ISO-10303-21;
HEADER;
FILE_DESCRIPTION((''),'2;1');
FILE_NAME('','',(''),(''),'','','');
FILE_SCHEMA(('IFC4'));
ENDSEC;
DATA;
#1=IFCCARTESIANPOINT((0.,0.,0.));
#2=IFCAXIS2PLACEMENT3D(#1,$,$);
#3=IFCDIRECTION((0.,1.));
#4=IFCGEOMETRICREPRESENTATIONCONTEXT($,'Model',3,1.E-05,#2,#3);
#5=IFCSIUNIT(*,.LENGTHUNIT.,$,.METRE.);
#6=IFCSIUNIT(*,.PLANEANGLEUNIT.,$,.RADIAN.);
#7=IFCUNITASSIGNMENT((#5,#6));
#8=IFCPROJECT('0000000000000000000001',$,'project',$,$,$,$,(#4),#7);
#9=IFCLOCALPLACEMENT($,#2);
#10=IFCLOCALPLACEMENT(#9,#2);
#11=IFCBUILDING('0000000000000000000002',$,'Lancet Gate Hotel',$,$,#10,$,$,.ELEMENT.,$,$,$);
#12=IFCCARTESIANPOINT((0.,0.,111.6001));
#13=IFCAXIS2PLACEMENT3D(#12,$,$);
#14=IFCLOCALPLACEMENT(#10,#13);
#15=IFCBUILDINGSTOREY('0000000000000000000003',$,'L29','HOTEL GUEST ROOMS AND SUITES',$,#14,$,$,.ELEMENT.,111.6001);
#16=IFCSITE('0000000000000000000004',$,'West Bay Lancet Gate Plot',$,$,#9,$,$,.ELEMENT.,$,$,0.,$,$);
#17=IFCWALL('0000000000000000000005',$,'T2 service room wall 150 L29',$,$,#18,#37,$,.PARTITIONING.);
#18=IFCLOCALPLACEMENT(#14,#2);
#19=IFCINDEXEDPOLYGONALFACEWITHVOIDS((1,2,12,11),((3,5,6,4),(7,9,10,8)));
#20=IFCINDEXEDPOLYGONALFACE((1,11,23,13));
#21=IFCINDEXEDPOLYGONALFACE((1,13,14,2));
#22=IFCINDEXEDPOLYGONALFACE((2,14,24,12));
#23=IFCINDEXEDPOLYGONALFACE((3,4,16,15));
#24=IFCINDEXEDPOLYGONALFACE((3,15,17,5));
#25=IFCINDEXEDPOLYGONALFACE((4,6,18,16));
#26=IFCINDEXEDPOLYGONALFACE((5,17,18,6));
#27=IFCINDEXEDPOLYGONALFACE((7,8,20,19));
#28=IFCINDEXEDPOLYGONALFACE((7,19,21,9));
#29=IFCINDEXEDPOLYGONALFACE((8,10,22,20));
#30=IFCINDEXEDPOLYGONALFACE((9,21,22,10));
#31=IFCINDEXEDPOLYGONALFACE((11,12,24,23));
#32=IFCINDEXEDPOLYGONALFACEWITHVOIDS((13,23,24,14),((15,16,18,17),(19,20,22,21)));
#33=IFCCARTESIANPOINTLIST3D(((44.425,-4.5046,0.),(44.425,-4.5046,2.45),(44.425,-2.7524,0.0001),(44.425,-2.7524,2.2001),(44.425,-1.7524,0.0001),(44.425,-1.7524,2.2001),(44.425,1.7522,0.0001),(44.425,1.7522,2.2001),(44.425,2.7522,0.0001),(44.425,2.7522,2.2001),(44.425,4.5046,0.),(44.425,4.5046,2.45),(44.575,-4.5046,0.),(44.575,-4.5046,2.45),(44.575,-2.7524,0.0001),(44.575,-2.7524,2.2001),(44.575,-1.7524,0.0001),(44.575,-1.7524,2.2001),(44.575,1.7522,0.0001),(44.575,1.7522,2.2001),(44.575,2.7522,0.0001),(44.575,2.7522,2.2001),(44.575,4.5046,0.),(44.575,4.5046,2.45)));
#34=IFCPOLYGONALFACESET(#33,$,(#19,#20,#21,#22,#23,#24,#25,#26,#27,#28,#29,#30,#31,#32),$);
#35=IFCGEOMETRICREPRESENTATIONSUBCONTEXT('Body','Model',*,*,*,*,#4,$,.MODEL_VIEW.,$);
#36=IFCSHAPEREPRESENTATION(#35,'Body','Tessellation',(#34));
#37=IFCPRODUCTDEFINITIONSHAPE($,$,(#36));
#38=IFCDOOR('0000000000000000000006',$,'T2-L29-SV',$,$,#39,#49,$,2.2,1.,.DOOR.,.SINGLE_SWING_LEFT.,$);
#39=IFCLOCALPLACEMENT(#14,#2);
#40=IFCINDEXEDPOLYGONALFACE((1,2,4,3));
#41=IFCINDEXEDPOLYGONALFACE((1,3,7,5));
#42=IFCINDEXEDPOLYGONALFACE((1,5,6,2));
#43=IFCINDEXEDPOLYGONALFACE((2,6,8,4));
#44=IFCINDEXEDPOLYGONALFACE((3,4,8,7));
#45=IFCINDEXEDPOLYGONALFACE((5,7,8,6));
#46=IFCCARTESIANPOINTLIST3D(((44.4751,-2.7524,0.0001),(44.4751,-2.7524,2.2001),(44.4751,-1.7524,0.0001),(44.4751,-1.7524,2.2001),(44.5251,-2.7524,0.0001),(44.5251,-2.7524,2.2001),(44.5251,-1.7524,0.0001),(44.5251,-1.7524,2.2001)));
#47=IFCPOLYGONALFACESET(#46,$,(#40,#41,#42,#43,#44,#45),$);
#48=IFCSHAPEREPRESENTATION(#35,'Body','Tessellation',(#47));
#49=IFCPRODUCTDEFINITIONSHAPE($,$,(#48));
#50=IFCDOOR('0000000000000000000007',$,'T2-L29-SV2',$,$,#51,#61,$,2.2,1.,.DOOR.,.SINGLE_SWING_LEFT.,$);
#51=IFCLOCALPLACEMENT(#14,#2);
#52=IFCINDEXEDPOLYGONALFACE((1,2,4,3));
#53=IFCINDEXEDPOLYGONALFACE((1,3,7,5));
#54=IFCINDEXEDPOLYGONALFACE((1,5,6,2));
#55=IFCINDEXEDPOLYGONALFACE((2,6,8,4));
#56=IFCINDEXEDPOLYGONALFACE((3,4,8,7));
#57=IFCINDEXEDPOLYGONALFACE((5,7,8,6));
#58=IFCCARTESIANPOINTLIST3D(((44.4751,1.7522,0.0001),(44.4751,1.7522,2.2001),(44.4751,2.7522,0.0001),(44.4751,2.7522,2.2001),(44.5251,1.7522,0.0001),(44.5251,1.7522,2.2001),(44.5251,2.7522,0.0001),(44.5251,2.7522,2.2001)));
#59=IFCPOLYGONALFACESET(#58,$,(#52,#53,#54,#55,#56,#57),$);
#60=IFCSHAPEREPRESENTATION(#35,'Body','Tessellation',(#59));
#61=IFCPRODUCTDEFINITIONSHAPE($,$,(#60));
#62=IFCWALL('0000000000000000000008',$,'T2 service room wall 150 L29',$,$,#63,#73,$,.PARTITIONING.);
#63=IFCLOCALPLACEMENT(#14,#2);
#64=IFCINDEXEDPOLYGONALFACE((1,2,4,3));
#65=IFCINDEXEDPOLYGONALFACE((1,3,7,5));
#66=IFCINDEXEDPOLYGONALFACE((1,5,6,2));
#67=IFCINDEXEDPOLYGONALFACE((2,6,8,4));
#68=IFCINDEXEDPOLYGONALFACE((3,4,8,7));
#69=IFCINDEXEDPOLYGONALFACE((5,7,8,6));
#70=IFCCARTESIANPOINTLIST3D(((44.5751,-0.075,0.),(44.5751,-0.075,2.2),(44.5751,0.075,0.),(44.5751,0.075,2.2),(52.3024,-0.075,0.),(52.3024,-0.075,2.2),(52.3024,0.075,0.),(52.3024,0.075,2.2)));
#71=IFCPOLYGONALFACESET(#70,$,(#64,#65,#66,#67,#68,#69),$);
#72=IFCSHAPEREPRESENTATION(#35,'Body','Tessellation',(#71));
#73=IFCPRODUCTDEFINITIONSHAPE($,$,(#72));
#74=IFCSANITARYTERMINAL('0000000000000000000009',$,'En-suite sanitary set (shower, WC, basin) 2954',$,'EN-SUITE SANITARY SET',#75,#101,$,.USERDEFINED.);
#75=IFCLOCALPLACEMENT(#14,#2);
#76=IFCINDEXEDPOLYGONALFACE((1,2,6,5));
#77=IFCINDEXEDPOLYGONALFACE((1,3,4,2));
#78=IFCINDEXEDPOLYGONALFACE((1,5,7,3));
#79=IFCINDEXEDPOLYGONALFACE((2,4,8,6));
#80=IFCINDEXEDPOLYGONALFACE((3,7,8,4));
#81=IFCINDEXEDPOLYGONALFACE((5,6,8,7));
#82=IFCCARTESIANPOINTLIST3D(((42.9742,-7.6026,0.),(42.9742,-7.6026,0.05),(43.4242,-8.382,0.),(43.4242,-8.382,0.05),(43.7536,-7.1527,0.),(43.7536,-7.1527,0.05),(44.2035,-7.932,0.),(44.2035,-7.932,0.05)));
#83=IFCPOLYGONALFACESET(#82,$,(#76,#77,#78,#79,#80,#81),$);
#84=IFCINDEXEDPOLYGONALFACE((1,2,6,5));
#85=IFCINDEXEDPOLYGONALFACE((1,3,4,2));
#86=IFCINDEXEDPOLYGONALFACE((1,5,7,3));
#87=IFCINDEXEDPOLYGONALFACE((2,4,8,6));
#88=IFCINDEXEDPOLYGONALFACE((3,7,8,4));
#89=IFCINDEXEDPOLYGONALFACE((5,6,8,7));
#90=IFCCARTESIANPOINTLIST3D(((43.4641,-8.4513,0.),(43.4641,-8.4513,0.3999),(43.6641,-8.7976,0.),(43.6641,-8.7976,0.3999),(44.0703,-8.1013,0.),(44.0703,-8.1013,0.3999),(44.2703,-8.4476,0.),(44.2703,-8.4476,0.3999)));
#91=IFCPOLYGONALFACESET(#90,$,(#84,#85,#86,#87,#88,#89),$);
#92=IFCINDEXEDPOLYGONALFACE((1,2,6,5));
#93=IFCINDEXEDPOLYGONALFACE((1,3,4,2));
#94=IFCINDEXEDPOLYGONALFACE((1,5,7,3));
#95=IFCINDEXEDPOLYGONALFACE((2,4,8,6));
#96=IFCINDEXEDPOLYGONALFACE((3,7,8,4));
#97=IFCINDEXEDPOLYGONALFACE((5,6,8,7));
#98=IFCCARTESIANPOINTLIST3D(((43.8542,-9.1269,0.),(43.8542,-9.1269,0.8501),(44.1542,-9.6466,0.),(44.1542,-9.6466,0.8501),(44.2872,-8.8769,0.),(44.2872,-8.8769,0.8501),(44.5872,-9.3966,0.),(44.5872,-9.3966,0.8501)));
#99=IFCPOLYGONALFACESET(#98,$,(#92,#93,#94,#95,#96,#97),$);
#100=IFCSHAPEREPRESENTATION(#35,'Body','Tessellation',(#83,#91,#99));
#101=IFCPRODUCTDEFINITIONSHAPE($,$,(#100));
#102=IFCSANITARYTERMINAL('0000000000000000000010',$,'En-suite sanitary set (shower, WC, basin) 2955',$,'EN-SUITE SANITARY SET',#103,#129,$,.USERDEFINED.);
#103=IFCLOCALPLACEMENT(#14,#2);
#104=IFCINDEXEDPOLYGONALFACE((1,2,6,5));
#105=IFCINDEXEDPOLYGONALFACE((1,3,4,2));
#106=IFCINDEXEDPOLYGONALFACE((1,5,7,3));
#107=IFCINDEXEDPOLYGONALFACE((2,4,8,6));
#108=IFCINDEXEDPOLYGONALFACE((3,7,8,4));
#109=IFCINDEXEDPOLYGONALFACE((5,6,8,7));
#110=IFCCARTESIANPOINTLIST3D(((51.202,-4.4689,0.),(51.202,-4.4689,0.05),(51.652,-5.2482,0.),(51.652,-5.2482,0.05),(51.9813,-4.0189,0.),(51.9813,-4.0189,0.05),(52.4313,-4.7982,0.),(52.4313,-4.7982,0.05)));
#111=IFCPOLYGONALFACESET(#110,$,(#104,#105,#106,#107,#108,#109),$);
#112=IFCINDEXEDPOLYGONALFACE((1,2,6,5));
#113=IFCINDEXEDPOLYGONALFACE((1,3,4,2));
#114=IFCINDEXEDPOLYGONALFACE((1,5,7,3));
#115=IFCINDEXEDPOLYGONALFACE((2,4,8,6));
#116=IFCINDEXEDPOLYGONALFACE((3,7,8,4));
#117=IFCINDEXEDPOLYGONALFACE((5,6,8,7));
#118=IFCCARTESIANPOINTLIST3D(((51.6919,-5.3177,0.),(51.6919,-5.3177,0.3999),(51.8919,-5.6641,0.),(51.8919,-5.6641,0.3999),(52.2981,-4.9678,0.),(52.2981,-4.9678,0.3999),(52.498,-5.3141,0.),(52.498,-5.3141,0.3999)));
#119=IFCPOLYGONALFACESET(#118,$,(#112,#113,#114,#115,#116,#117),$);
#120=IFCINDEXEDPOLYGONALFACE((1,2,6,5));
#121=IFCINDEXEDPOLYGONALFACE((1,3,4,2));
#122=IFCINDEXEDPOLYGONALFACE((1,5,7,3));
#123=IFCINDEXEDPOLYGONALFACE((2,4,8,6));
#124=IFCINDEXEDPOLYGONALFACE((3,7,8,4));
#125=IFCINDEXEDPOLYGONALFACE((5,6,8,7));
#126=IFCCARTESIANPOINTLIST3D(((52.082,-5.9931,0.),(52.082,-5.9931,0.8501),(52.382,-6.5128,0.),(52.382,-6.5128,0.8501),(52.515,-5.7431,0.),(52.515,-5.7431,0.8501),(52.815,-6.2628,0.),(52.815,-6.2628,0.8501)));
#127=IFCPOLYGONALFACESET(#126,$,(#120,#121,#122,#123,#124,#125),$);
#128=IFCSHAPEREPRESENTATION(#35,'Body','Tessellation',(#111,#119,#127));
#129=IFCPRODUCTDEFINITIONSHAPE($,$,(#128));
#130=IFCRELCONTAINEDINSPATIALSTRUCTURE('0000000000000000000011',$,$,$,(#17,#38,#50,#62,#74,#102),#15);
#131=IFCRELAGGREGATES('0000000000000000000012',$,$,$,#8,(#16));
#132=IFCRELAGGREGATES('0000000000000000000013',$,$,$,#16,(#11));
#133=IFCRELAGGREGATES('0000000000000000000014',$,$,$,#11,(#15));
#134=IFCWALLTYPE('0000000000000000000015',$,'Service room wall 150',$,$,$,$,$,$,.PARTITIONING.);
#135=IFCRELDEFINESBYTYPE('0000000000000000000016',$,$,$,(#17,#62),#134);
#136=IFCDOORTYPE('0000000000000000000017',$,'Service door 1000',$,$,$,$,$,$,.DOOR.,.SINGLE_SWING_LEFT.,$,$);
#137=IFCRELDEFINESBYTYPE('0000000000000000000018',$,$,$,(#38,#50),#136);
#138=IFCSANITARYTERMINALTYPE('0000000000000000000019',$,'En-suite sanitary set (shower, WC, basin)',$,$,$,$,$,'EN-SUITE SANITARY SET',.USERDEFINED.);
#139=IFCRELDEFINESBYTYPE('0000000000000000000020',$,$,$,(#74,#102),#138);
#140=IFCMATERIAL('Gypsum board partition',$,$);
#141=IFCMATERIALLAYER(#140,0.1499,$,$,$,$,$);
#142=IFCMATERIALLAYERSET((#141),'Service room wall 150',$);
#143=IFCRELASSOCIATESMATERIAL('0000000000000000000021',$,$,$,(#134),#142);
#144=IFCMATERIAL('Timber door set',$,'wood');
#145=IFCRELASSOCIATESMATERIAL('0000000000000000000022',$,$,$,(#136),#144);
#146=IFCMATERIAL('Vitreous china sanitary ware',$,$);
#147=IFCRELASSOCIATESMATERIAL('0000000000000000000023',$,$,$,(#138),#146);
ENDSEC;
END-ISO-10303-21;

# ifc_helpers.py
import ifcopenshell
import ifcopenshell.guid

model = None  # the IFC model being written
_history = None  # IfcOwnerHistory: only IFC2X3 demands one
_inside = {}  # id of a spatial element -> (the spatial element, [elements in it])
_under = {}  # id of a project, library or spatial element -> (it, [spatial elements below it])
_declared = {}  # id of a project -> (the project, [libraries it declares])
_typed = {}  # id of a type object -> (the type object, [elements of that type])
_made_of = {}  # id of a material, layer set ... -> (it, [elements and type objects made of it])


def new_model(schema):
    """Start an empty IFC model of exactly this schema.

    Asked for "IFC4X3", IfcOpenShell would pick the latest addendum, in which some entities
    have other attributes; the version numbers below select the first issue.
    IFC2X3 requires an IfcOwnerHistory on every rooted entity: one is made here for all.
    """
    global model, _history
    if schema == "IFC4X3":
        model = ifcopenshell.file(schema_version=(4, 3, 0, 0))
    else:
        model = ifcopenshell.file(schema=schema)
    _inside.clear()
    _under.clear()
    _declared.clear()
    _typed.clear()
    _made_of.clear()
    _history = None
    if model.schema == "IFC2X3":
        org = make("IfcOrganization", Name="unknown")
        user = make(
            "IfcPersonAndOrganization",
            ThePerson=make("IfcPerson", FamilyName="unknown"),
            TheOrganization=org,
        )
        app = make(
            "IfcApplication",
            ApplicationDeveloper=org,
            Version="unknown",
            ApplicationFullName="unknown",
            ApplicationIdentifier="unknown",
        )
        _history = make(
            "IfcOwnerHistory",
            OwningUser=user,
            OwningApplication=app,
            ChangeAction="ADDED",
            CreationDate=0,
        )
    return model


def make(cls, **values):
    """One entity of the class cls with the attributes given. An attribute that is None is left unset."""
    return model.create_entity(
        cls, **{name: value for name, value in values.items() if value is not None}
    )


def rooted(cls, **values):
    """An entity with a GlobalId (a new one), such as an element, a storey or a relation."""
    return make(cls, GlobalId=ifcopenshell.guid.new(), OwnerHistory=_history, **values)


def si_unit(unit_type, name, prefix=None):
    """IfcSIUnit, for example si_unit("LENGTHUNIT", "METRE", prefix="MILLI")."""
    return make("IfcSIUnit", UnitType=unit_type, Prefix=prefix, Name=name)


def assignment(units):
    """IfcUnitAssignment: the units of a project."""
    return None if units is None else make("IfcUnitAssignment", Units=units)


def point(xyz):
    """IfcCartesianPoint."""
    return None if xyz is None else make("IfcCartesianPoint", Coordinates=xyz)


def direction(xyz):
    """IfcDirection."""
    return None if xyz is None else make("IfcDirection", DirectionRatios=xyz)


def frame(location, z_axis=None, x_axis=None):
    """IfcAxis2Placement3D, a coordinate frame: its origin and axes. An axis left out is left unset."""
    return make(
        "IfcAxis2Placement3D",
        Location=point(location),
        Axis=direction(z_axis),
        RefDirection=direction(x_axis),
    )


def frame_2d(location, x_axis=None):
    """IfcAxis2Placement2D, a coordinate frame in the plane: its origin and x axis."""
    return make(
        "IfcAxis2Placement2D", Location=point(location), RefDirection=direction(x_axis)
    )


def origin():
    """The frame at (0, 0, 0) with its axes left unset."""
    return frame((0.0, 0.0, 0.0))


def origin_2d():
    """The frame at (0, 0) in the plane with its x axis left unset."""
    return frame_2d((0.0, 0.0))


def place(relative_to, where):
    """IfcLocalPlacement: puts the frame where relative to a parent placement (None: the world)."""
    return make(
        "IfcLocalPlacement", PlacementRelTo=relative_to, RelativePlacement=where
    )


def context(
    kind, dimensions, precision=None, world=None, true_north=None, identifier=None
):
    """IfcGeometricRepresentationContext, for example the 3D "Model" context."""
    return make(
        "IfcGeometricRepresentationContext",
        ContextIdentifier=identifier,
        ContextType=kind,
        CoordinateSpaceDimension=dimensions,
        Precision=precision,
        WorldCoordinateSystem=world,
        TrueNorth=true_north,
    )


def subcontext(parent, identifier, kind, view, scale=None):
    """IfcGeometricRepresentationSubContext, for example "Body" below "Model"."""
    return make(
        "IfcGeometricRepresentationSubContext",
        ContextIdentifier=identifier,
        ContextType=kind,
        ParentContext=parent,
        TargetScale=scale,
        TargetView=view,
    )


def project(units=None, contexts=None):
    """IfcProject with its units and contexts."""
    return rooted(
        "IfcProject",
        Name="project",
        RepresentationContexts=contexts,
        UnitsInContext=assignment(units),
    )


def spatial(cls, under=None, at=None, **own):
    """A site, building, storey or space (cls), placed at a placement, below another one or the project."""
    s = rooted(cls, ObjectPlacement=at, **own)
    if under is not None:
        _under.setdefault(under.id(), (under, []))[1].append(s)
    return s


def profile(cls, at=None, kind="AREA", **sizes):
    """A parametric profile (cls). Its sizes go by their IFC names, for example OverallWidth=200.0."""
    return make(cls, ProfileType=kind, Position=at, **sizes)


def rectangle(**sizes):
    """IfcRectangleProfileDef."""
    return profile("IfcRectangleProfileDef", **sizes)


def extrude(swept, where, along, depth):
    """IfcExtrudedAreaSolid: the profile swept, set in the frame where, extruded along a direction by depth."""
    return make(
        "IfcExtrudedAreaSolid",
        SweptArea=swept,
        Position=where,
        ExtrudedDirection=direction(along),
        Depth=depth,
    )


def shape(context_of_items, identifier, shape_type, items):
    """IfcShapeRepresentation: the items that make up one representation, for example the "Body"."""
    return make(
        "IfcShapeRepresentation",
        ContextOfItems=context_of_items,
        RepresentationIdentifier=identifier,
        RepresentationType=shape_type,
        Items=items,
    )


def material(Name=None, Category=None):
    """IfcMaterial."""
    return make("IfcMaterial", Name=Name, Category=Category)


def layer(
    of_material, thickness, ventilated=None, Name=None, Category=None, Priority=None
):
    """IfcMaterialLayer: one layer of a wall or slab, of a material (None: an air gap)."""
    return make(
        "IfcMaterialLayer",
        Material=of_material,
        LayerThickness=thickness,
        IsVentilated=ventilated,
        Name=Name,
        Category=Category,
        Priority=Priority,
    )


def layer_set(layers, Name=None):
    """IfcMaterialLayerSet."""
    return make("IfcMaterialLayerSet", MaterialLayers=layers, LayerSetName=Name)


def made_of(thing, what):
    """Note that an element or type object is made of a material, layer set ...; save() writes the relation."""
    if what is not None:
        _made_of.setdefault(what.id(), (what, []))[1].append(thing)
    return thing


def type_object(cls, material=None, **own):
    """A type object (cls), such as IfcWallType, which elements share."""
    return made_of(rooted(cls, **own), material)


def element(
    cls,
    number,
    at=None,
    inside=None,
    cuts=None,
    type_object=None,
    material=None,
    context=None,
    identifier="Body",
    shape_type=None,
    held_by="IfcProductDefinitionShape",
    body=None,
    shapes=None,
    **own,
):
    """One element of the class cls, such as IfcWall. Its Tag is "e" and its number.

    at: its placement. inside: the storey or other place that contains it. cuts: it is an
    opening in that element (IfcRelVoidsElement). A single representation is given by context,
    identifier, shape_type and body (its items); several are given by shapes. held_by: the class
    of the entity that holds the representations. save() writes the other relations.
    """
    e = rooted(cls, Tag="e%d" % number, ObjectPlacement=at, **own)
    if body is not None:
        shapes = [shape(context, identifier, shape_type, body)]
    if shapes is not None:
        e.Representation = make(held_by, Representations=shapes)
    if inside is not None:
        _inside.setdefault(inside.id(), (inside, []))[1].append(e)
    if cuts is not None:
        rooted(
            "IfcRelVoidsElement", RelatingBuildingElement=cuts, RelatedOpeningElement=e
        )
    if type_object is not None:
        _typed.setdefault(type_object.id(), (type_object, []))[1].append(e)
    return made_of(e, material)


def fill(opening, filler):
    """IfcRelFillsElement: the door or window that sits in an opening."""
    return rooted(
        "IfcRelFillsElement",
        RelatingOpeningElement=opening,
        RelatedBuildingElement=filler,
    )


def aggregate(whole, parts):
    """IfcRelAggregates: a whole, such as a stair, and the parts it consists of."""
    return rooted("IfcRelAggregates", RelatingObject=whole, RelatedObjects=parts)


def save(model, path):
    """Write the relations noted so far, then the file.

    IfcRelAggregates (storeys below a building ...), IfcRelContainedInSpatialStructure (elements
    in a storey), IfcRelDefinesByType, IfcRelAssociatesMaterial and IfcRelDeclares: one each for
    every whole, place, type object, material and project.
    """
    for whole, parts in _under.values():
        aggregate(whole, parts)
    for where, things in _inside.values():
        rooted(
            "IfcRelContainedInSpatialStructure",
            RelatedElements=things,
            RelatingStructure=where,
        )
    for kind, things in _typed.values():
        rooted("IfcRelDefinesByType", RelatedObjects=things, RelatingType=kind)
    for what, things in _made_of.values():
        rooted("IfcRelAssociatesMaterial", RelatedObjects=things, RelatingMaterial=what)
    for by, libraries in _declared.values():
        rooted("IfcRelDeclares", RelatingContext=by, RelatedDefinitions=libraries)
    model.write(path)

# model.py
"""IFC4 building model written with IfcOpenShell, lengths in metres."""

from ifc_helpers import new_model, si_unit, direction, frame, frame_2d, origin, origin_2d, place, context, subcontext, project, spatial, rectangle, extrude, material, layer, layer_set, type_object, element, fill, save


model = new_model("IFC4")

# Units and contexts
model_context = context("Model", 3, precision=1e-05, world=origin(), true_north=direction((0.0, 1.0)))
body_context = subcontext(model_context, "Body", "Model", "MODEL_VIEW")
ifc_project = project(units=[si_unit("LENGTHUNIT", "METRE"), si_unit("PLANEANGLEUNIT", "RADIAN")], contexts=[model_context])

# Site, building, storey
site_placement = place(None, origin())
site = spatial("IfcSite", under=ifc_project, at=site_placement, Name="West Bay Lancet Gate Plot", CompositionType="ELEMENT", RefElevation=0.0)
building_placement = place(site_placement, origin())
building = spatial("IfcBuilding", under=site, at=building_placement, Name="Lancet Gate Hotel", CompositionType="ELEMENT")
storey_placement = place(building_placement, frame((0.0, 0.0, 111.6001)))
storey = spatial("IfcBuildingStorey", under=building, at=storey_placement, Name="L29", Description="HOTEL GUEST ROOMS AND SUITES", CompositionType="ELEMENT", Elevation=111.6001)

# Shared definitions
ifc_material_1 = material(Name="Gypsum board partition")
ifc_layer_1 = layer(ifc_material_1, 0.1499)
ifc_layer_set_1 = layer_set([ifc_layer_1], Name="Service room wall 150")
wall_type_1 = type_object("IfcWallType", Name="Service room wall 150", PredefinedType="PARTITIONING", material=ifc_layer_set_1)

# Wall, openings, doors
wall_1_placement = place(storey_placement, frame((44.5, -4.5046, 0.0), z_axis=(0.0, 0.0, 1.0), x_axis=(0.0, 1.0, 0.0)))
wall_1 = element("IfcWall", 1, at=wall_1_placement, inside=storey, type_object=wall_type_1, Name="T2 service room wall 150 L29", PredefinedType="PARTITIONING", context=body_context, shape_type="SweptSolid", body=[
    extrude(rectangle(XDim=9.0093, YDim=0.1499, at=frame_2d((4.5046, 0.0))), origin(), (0.0, 0.0, 1.0), 2.45),
])
opening_1_placement = place(wall_1_placement, frame((1.7522, 0.0, 0.0)))
opening_1 = element("IfcOpeningElement", 2, at=opening_1_placement, cuts=wall_1, PredefinedType="OPENING", context=body_context, shape_type="SweptSolid", body=[
    extrude(rectangle(XDim=1.0, YDim=2.2, at=frame_2d((0.5, 1.1001))), frame((0.0, 0.085, 0.0), z_axis=(0.0, -1.0, 0.0), x_axis=(1.0, 0.0, 0.0)), (0.0, 0.0, 1.0), 0.1699),
])
opening_2_placement = place(wall_1_placement, frame((6.2568, 0.0, 0.0)))
opening_2 = element("IfcOpeningElement", 3, at=opening_2_placement, cuts=wall_1, PredefinedType="OPENING", context=body_context, shape_type="SweptSolid", body=[
    extrude(rectangle(XDim=1.0, YDim=2.2, at=frame_2d((0.5, 1.1001))), frame((0.0, 0.085, 0.0), z_axis=(0.0, -1.0, 0.0), x_axis=(1.0, 0.0, 0.0)), (0.0, 0.0, 1.0), 0.1699),
])
ifc_material_2 = material(Name="Timber door set", Category="wood")
door_type_1 = type_object("IfcDoorType", Name="Service door 1000", OperationType="SINGLE_SWING_LEFT", PredefinedType="DOOR", material=ifc_material_2)
door_1_placement = place(opening_1_placement, origin())
door_1 = element("IfcDoor", 4, at=door_1_placement, inside=storey, type_object=door_type_1, Name="T2-L29-SV", OperationType="SINGLE_SWING_LEFT", OverallHeight=2.2, OverallWidth=1.0, PredefinedType="DOOR", context=body_context, shape_type="SweptSolid", body=[
    extrude(rectangle(XDim=1.0, YDim=2.2, at=frame_2d((0.5, 1.1001))), frame((0.0, 0.0249, 0.0), z_axis=(0.0, -1.0, 0.0), x_axis=(1.0, 0.0, 0.0)), (0.0, 0.0, 1.0), 0.05),
])
fill(opening_1, door_1)
door_2_placement = place(opening_2_placement, origin())
door_2 = element("IfcDoor", 5, at=door_2_placement, inside=storey, type_object=door_type_1, Name="T2-L29-SV2", OperationType="SINGLE_SWING_LEFT", OverallHeight=2.2, OverallWidth=1.0, PredefinedType="DOOR", context=body_context, shape_type="SweptSolid", body=[
    extrude(rectangle(XDim=1.0, YDim=2.2, at=frame_2d((0.5, 1.1001))), frame((0.0, 0.0249, 0.0), z_axis=(0.0, -1.0, 0.0), x_axis=(1.0, 0.0, 0.0)), (0.0, 0.0, 1.0), 0.05),
])
fill(opening_2, door_2)

# Wall
wall_2_placement = place(storey_placement, frame((44.575, 0.0, 0.0), z_axis=(0.0, 0.0, 1.0), x_axis=(1.0, 0.0, 0.0)))
element("IfcWall", 6, at=wall_2_placement, inside=storey, type_object=wall_type_1, Name="T2 service room wall 150 L29", PredefinedType="PARTITIONING", context=body_context, shape_type="SweptSolid", body=[
    extrude(rectangle(XDim=7.7273, YDim=0.1499, at=frame_2d((3.8638, 0.0))), origin(), (0.0, 0.0, 1.0), 2.2),
])

# Sanitary terminals
ifc_material_3 = material(Name="Vitreous china sanitary ware")
sanitary_terminal_type = type_object("IfcSanitaryTerminalType", Name="En-suite sanitary set (shower, WC, basin)", ElementType="EN-SUITE SANITARY SET", PredefinedType="USERDEFINED", material=ifc_material_3)
sanitary_terminal_1_placement = place(storey_placement, frame((43.5889, -7.7673, 0.0), z_axis=(0.0, 0.0, 1.0), x_axis=(1.0, 0.0, 0.0)))
element("IfcSanitaryTerminal", 7, at=sanitary_terminal_1_placement, inside=storey, type_object=sanitary_terminal_type, Name="En-suite sanitary set (shower, WC, basin) 2954", ObjectType="EN-SUITE SANITARY SET", PredefinedType="USERDEFINED", context=body_context, shape_type="SweptSolid", body=[
    extrude(rectangle(XDim=0.8999, YDim=0.8999, at=origin_2d()), frame((0.0, 0.0, 0.0), z_axis=(0.0, 0.0, 1.0), x_axis=(-0.5, 0.866025, 0.0)), (0.0, 0.0, 1.0), 0.05),
    extrude(rectangle(XDim=0.3999, YDim=0.7, at=origin_2d()), frame((0.2783, -0.6821, 0.0), z_axis=(0.0, 0.0, 1.0), x_axis=(-0.5, 0.866025, 0.0)), (0.0, 0.0, 1.0), 0.3999),
    extrude(rectangle(XDim=0.6001, YDim=0.5, at=origin_2d()), frame((0.6318, -1.4944, 0.0), z_axis=(0.0, 0.0, 1.0), x_axis=(-0.5, 0.866025, 0.0)), (0.0, 0.0, 1.0), 0.8501),
])
sanitary_terminal_2_placement = place(storey_placement, frame((51.8167, -4.6335, 0.0), z_axis=(0.0, 0.0, 1.0), x_axis=(1.0, 0.0, 0.0)))
element("IfcSanitaryTerminal", 8, at=sanitary_terminal_2_placement, inside=storey, type_object=sanitary_terminal_type, Name="En-suite sanitary set (shower, WC, basin) 2955", ObjectType="EN-SUITE SANITARY SET", PredefinedType="USERDEFINED", context=body_context, shape_type="SweptSolid", body=[
    extrude(rectangle(XDim=0.8999, YDim=0.8999, at=origin_2d()), frame((0.0, 0.0, 0.0), z_axis=(0.0, 0.0, 1.0), x_axis=(-0.5, 0.866025, 0.0)), (0.0, 0.0, 1.0), 0.05),
    extrude(rectangle(XDim=0.3999, YDim=0.7, at=origin_2d()), frame((0.2783, -0.6824, 0.0), z_axis=(0.0, 0.0, 1.0), x_axis=(-0.5, 0.866025, 0.0)), (0.0, 0.0, 1.0), 0.3999),
    extrude(rectangle(XDim=0.6001, YDim=0.5, at=origin_2d()), frame((0.6318, -1.4944, 0.0), z_axis=(0.0, 0.0, 1.0), x_axis=(-0.5, 0.866025, 0.0)), (0.0, 0.0, 1.0), 0.8501),
])

save(model, "model.ifc")
